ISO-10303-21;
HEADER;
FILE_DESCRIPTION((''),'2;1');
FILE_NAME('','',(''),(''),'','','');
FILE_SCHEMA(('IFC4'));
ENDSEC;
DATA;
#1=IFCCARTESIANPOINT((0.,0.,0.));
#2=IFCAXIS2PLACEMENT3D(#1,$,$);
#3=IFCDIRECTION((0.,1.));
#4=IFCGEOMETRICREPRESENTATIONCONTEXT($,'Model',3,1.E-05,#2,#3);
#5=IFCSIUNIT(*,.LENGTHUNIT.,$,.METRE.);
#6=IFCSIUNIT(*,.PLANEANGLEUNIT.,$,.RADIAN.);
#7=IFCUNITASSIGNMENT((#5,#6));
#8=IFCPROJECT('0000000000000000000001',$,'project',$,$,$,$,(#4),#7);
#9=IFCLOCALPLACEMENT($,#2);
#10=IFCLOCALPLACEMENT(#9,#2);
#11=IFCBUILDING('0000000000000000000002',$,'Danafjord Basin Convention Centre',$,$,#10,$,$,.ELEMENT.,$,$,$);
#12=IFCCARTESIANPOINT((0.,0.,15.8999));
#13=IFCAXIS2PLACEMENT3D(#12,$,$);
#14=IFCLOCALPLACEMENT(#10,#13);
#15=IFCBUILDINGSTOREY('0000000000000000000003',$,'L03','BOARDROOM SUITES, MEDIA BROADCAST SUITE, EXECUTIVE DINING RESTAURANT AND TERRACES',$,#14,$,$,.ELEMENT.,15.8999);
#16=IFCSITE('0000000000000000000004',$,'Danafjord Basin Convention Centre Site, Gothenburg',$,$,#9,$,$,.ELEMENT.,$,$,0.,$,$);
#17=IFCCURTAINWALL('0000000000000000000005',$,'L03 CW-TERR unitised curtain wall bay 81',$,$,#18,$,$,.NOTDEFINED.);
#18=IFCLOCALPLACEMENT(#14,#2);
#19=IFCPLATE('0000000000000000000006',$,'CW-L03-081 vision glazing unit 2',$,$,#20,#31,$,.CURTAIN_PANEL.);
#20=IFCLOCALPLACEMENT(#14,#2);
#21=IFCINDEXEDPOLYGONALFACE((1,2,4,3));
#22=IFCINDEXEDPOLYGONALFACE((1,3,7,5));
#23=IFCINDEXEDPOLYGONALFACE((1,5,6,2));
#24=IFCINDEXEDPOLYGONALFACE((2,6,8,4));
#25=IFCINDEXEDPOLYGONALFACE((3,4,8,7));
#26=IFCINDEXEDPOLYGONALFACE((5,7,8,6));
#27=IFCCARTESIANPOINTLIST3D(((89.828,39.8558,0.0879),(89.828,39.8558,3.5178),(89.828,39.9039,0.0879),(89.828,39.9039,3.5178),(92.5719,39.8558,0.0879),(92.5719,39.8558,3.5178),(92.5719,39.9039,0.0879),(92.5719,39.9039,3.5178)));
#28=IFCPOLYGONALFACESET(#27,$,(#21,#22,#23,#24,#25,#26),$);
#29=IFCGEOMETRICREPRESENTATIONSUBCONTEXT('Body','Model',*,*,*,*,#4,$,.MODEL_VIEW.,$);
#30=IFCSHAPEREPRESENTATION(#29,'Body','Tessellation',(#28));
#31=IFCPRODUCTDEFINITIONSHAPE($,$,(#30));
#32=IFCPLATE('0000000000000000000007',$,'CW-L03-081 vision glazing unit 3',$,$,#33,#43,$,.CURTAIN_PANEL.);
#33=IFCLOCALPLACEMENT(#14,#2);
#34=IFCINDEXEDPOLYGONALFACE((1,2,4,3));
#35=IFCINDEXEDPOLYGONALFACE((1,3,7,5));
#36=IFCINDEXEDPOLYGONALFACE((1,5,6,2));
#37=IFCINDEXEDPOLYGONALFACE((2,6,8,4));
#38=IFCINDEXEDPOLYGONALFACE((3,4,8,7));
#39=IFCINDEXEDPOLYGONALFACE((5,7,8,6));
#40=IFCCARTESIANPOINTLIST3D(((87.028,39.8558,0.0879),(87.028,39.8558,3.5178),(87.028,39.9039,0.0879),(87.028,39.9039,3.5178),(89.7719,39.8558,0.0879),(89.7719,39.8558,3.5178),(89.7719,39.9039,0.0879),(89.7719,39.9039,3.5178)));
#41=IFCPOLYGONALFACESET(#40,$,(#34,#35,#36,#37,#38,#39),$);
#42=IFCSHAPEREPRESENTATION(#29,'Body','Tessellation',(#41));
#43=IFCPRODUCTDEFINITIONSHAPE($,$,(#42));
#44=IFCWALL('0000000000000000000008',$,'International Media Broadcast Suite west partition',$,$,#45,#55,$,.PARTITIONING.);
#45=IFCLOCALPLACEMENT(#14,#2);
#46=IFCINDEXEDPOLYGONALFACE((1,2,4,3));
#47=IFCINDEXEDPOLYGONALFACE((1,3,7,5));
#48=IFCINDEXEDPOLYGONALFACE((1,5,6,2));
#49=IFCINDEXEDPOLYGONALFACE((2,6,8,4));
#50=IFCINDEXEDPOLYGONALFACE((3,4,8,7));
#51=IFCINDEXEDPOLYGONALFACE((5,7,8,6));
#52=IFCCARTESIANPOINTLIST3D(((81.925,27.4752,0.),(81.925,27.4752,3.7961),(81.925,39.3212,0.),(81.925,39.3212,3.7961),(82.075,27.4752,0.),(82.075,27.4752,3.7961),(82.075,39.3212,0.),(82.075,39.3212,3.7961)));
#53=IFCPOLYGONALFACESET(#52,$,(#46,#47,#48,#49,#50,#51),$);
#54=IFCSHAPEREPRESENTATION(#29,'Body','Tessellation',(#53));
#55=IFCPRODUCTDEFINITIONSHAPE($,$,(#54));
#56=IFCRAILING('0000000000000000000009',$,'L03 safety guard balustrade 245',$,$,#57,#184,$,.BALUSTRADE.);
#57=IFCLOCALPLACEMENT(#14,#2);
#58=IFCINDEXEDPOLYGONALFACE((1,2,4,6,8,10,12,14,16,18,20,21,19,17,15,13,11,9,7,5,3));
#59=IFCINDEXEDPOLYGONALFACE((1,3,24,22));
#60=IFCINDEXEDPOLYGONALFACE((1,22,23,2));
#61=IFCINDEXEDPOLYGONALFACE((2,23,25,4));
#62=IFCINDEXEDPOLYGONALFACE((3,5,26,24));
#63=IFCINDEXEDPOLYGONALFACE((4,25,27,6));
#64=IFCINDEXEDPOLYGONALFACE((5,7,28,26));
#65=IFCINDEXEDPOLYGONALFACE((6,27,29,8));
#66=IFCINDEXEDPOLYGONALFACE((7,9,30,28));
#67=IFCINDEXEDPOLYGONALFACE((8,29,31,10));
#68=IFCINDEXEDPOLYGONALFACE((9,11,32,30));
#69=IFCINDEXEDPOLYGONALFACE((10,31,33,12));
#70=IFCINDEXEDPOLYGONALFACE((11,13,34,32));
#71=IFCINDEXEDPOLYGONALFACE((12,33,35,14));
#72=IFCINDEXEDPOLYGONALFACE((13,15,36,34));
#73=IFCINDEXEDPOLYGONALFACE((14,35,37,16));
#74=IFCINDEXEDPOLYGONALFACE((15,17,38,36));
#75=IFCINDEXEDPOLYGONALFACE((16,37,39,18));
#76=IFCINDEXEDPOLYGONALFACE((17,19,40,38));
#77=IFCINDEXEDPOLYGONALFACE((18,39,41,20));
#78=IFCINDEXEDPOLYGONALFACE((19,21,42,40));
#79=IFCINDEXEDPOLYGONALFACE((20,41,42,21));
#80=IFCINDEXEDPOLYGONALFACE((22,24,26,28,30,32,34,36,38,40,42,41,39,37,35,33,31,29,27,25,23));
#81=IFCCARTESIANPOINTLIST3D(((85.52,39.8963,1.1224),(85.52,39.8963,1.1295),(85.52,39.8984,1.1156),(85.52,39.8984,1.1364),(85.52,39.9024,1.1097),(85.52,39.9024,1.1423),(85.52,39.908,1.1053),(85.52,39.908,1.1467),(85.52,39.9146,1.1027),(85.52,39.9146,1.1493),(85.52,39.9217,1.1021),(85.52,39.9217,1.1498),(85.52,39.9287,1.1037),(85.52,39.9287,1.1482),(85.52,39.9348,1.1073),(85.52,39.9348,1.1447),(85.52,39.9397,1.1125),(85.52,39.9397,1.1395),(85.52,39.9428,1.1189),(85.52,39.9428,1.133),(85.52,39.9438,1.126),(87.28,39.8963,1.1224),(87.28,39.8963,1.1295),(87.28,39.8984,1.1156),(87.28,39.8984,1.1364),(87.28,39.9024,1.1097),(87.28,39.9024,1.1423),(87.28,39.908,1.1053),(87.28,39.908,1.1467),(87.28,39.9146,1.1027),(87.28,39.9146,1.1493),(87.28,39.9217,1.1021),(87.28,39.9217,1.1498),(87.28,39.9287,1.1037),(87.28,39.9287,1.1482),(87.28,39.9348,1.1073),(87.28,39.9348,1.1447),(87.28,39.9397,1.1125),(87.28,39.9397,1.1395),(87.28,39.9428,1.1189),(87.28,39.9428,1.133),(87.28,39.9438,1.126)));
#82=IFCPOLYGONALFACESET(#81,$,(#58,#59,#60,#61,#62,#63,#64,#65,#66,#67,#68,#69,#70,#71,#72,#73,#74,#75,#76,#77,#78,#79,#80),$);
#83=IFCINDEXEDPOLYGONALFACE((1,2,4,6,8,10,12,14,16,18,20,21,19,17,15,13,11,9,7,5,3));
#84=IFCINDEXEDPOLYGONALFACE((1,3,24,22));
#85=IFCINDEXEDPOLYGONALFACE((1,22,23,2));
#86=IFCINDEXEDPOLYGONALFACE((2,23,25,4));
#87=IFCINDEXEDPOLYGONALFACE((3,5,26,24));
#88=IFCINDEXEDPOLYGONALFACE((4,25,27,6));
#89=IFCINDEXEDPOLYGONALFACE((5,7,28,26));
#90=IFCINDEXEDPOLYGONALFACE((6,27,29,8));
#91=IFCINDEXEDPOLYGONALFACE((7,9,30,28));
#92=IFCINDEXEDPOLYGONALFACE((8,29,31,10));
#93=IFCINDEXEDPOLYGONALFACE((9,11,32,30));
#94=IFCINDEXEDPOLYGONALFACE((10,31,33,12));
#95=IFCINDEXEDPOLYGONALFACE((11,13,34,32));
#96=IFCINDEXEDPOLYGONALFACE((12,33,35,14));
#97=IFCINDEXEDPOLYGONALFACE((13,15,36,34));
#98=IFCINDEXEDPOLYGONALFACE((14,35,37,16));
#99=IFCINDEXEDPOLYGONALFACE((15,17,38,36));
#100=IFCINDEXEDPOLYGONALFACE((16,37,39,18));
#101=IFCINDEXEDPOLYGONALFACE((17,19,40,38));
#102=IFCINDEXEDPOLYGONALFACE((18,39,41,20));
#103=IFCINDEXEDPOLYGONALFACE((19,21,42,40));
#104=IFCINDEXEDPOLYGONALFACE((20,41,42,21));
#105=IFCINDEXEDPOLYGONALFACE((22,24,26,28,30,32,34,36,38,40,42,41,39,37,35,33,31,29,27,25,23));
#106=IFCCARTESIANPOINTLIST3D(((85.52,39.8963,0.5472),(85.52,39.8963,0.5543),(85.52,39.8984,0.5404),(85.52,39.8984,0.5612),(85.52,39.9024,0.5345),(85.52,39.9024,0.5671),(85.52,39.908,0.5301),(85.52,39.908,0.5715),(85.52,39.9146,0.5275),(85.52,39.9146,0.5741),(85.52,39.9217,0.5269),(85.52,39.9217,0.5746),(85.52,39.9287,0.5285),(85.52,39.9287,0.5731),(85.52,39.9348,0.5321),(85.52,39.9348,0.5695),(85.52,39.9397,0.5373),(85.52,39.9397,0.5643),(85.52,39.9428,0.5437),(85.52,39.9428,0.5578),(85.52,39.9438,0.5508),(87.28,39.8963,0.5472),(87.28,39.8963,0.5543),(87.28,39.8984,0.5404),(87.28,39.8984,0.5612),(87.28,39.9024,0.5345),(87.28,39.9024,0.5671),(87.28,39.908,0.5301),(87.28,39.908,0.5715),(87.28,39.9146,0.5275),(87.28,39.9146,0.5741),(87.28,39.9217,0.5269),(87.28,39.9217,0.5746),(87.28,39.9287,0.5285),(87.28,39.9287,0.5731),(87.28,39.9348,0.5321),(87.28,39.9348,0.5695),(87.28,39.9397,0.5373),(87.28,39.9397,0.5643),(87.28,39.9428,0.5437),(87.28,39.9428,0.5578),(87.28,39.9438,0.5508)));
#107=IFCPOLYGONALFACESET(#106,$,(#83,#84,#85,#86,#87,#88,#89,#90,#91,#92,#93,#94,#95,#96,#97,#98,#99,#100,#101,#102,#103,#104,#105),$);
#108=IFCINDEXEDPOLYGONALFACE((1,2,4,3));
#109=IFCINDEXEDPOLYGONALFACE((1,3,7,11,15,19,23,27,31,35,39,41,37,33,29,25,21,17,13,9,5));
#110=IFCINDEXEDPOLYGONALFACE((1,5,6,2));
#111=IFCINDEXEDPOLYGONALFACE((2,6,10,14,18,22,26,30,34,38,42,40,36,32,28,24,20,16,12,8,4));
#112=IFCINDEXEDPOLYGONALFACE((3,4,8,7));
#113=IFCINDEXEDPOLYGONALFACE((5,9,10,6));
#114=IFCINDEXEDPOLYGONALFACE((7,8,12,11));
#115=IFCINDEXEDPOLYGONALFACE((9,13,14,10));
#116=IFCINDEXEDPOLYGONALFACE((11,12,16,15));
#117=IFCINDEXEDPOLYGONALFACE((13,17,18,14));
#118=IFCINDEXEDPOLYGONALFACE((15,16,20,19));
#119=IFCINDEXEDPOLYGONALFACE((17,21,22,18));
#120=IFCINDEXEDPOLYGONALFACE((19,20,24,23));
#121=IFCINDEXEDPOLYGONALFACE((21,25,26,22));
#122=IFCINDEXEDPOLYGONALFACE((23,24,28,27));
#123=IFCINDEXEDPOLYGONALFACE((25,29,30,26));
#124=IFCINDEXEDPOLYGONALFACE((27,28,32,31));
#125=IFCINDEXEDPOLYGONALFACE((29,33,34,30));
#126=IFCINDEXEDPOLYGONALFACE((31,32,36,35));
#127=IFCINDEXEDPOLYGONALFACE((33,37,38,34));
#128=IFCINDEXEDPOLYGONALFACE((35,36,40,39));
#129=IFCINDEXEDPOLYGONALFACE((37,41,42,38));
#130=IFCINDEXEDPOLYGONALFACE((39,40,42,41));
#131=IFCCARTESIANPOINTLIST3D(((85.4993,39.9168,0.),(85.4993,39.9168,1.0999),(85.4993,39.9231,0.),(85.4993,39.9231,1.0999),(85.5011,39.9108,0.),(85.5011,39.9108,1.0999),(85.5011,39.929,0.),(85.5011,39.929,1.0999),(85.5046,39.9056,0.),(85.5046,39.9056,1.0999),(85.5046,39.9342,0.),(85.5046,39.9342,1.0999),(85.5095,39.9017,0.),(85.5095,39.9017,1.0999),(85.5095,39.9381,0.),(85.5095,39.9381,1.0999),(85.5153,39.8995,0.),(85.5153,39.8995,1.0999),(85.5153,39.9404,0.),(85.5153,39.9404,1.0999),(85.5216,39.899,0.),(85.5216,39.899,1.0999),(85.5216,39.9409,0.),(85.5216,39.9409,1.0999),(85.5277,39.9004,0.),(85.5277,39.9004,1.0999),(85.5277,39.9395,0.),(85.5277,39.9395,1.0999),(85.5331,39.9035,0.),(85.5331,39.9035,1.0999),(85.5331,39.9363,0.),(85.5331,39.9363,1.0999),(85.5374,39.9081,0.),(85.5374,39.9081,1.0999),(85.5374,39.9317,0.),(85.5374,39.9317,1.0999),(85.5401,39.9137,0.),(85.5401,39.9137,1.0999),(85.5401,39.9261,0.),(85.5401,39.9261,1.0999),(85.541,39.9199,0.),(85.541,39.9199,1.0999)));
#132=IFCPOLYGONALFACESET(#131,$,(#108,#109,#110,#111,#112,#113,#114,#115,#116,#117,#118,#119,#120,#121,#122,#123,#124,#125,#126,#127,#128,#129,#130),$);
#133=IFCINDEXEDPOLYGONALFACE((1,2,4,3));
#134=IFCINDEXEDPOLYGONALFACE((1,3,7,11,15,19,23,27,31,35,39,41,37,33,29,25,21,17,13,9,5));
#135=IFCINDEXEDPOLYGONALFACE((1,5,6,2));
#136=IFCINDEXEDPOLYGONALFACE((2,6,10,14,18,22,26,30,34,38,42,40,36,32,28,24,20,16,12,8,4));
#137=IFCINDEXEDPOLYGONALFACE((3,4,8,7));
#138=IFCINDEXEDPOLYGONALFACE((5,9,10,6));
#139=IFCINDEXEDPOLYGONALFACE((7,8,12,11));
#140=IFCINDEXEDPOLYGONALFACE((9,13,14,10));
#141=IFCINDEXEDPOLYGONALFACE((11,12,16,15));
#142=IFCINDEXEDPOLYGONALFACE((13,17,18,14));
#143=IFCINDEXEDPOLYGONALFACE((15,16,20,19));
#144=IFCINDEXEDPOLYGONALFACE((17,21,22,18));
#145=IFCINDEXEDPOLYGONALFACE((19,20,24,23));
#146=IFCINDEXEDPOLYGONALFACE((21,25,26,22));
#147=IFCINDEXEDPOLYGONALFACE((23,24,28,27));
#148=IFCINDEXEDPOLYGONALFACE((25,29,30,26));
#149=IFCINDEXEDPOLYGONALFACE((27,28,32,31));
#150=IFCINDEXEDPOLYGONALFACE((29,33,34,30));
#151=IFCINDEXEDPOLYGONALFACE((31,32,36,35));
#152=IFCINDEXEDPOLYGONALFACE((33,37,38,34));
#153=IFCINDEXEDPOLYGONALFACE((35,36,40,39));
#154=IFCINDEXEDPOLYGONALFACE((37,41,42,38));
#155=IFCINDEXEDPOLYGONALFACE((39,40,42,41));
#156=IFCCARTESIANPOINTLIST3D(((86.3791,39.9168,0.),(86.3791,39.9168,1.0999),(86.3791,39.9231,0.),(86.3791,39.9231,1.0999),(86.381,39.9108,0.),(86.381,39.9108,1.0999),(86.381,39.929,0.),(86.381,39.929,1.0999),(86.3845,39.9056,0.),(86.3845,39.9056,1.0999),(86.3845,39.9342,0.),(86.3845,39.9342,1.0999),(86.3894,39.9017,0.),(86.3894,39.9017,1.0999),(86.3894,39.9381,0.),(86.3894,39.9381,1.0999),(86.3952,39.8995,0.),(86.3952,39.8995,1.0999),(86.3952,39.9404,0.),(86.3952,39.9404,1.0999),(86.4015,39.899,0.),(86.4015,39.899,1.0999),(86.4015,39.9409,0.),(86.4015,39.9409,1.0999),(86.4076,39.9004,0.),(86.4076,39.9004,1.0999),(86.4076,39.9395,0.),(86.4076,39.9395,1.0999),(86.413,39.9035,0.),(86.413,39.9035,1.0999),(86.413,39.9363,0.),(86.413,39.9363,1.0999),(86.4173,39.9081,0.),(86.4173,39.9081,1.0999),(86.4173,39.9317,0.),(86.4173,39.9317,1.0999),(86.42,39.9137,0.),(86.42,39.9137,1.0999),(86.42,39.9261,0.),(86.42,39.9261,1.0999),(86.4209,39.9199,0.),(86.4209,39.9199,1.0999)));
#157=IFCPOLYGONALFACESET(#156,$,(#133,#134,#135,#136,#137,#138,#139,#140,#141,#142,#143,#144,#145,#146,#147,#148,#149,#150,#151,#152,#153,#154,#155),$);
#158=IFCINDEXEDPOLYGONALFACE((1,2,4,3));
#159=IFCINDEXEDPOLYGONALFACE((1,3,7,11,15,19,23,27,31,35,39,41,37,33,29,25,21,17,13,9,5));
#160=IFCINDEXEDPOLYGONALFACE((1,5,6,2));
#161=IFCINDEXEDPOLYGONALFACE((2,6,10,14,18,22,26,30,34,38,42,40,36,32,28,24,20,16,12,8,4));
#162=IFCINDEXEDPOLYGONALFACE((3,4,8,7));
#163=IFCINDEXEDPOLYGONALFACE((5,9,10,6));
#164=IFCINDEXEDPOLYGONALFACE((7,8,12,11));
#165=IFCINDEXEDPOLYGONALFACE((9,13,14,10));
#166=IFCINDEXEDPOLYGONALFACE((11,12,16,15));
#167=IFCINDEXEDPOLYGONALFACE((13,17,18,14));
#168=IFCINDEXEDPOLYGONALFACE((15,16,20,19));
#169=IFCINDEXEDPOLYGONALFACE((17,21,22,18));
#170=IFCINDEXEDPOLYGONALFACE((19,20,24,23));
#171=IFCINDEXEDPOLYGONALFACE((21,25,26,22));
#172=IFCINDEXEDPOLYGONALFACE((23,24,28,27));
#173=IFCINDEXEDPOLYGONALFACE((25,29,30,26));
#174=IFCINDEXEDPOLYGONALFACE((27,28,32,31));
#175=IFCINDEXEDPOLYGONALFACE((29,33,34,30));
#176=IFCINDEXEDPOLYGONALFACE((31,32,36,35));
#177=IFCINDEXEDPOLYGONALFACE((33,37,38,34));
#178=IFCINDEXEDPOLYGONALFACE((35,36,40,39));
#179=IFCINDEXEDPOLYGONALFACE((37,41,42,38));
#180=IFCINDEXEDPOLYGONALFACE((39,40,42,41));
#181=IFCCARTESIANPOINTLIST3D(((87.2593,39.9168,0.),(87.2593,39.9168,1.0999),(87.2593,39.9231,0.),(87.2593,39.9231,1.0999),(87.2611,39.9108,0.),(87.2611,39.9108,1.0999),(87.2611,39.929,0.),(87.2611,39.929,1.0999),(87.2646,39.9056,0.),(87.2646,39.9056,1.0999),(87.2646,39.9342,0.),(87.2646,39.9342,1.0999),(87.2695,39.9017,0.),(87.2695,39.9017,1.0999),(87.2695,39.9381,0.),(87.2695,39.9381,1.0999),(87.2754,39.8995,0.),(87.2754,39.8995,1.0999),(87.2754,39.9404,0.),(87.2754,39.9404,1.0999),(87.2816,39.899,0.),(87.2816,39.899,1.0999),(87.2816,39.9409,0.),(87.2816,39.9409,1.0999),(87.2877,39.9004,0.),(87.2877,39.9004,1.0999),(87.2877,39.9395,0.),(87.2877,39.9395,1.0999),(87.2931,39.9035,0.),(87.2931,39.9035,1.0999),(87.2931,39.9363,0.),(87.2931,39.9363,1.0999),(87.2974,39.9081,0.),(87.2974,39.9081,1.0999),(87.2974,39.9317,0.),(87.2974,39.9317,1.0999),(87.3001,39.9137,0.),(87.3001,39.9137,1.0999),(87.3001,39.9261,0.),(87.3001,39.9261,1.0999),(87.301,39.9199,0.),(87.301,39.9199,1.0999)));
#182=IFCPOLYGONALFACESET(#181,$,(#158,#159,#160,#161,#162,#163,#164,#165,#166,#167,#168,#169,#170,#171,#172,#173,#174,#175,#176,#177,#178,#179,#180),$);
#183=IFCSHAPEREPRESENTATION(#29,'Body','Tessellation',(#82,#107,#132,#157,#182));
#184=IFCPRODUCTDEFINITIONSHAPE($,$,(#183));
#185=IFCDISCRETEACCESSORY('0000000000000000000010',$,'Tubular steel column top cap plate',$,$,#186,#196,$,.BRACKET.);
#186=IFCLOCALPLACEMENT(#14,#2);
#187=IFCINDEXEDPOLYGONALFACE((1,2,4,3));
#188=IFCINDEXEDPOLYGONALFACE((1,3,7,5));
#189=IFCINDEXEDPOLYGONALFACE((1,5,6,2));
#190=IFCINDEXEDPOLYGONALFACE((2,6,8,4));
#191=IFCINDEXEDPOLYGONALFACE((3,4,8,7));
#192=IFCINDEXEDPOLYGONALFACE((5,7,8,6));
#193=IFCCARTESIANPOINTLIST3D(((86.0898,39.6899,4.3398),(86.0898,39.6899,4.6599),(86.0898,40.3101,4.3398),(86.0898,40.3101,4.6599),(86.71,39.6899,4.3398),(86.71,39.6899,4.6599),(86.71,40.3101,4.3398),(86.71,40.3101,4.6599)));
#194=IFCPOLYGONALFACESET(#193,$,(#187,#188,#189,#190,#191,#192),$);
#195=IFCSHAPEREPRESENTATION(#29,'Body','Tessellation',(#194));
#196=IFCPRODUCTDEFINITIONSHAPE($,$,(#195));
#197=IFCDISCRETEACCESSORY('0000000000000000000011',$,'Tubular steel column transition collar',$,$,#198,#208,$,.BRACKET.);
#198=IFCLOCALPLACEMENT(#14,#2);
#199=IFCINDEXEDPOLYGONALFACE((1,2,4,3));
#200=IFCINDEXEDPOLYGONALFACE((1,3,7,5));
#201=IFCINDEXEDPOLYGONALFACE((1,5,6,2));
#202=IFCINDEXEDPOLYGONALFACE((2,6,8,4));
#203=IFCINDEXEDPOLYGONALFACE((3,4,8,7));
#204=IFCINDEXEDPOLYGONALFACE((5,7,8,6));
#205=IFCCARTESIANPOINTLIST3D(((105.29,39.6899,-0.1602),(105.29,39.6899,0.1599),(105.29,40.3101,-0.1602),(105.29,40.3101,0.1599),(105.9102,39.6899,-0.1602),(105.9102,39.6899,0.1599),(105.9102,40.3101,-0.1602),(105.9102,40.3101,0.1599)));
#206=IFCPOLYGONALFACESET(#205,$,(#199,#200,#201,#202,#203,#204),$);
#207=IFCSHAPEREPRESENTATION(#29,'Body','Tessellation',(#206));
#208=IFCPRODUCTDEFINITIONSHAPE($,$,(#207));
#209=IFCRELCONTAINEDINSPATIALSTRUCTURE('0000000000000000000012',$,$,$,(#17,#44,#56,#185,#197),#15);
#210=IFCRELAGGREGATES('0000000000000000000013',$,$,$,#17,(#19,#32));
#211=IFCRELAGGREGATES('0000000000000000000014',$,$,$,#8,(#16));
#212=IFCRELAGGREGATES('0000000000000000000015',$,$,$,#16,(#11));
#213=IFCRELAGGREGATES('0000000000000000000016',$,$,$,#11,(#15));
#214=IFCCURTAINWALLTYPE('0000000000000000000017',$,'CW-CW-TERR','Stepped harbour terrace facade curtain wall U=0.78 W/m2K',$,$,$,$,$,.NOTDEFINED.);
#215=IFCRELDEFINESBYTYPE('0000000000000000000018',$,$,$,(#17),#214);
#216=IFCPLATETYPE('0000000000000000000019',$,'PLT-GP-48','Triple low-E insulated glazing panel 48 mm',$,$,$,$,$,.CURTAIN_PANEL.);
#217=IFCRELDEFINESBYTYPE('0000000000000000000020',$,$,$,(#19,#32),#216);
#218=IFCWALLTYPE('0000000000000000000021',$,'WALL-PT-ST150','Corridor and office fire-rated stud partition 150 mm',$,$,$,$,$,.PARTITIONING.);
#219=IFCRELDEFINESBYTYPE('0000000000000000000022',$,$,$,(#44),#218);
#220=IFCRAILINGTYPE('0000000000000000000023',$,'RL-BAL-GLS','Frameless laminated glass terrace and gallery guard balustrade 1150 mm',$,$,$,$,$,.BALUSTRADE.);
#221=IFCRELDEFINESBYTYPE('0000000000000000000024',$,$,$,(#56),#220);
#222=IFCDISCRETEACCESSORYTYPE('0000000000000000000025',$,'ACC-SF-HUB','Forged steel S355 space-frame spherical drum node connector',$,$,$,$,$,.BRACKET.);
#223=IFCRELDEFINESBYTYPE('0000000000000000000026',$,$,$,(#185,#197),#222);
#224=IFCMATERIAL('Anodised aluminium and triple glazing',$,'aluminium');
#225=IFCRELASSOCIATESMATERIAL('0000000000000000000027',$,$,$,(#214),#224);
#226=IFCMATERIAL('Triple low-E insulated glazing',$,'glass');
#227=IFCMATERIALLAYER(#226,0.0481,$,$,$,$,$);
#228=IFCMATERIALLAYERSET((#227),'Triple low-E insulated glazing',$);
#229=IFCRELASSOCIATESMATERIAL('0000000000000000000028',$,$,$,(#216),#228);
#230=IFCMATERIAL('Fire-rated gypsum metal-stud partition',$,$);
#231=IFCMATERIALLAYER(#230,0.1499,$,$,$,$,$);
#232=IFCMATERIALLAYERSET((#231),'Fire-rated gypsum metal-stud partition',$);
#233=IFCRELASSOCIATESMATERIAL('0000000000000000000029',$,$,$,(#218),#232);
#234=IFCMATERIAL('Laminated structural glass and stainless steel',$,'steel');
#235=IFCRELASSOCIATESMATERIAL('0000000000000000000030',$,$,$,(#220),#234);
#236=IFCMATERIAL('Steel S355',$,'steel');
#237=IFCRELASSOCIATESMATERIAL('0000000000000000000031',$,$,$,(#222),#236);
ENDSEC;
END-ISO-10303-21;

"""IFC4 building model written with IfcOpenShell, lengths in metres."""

from ifc_helpers import new_model, si_unit, direction, frame, frame_2d, origin, origin_2d, place, context, subcontext, project, spatial, rectangle, circle, extrude, material, layer, layer_set, type_object, element, aggregate, save


model = new_model("IFC4")

# Units and contexts
model_context = context("Model", 3, precision=1e-05, world=origin(), true_north=direction((0.0, 1.0)))
body_context = subcontext(model_context, "Body", "Model", "MODEL_VIEW")
ifc_project = project(units=[si_unit("LENGTHUNIT", "METRE"), si_unit("PLANEANGLEUNIT", "RADIAN")], contexts=[model_context])

# Site, building, storey
site_placement = place(None, origin())
site = spatial("IfcSite", under=ifc_project, at=site_placement, Name="Danafjord Basin Convention Centre Site, Gothenburg", CompositionType="ELEMENT", RefElevation=0.0)
building_placement = place(site_placement, origin())
building = spatial("IfcBuilding", under=site, at=building_placement, Name="Danafjord Basin Convention Centre", CompositionType="ELEMENT")
storey_placement = place(building_placement, frame((0.0, 0.0, 15.8999)))
storey = spatial("IfcBuildingStorey", under=building, at=storey_placement, Name="L03", Description="BOARDROOM SUITES, MEDIA BROADCAST SUITE, EXECUTIVE DINING RESTAURANT AND TERRACES", CompositionType="ELEMENT", Elevation=15.8999)

# Shared definitions
ifc_material_1 = material(Name="Steel S355", Category="steel")

# Curtain wall
ifc_material_2 = material(Name="Anodised aluminium and triple glazing", Category="aluminium")
curtain_wall_type = type_object("IfcCurtainWallType", Name="CW-CW-TERR", Description="Stepped harbour terrace facade curtain wall U=0.78 W/m2K", PredefinedType="NOTDEFINED", material=ifc_material_2)
curtain_wall_1_placement = place(storey_placement, origin())
curtain_wall_1 = element("IfcCurtainWall", 1, at=curtain_wall_1_placement, inside=storey, type_object=curtain_wall_type, Name="L03 CW-TERR unitised curtain wall bay 81", PredefinedType="NOTDEFINED")

# Plates
ifc_material_3 = material(Name="Triple low-E insulated glazing", Category="glass")
ifc_layer_1 = layer(ifc_material_3, 0.0481)
ifc_layer_set_1 = layer_set([ifc_layer_1], Name="Triple low-E insulated glazing")
plate_type_1 = type_object("IfcPlateType", Name="PLT-GP-48", Description="Triple low-E insulated glazing panel 48 mm", PredefinedType="CURTAIN_PANEL", material=ifc_layer_set_1)
plate_1_placement = place(storey_placement, frame((91.2, 39.8799, 0.0879), z_axis=(0.0, 0.0, 1.0), x_axis=(-1.0, 0.0, 0.0)))
plate_1 = element("IfcPlate", 2, at=plate_1_placement, type_object=plate_type_1, Name="CW-L03-081 vision glazing unit 2", PredefinedType="CURTAIN_PANEL", context=body_context, shape_type="SweptSolid", body=[
    extrude(rectangle(XDim=2.7439, YDim=0.0481, at=origin_2d()), origin(), (0.0, 0.0, 1.0), 3.4299),
])
plate_2_placement = place(storey_placement, frame((88.3999, 39.8799, 0.0879), z_axis=(0.0, 0.0, 1.0), x_axis=(-1.0, 0.0, 0.0)))
plate_2 = element("IfcPlate", 3, at=plate_2_placement, type_object=plate_type_1, Name="CW-L03-081 vision glazing unit 3", PredefinedType="CURTAIN_PANEL", context=body_context, shape_type="SweptSolid", body=[
    extrude(rectangle(XDim=2.7439, YDim=0.0481, at=origin_2d()), origin(), (0.0, 0.0, 1.0), 3.4299),
])
aggregate(curtain_wall_1, [plate_1, plate_2])

# Wall
ifc_material_4 = material(Name="Fire-rated gypsum metal-stud partition")
ifc_layer_2 = layer(ifc_material_4, 0.1499)
ifc_layer_set_2 = layer_set([ifc_layer_2], Name="Fire-rated gypsum metal-stud partition")
wall_type = type_object("IfcWallType", Name="WALL-PT-ST150", Description="Corridor and office fire-rated stud partition 150 mm", PredefinedType="PARTITIONING", material=ifc_layer_set_2)
wall_placement = place(storey_placement, frame((82.0, 39.321, 0.0), z_axis=(0.0, 0.0, 1.0), x_axis=(0.0, -1.0, 0.0)))
element("IfcWall", 4, at=wall_placement, inside=storey, type_object=wall_type, Name="International Media Broadcast Suite west partition", PredefinedType="PARTITIONING", context=body_context, shape_type="SweptSolid", body=[
    extrude(rectangle(XDim=11.8459, YDim=0.1499, at=frame_2d((5.9229, 0.0))), origin(), (0.0, 0.0, 1.0), 3.7961),
])

# Railing
ifc_material_5 = material(Name="Laminated structural glass and stainless steel", Category="steel")
railing_type = type_object("IfcRailingType", Name="RL-BAL-GLS", Description="Frameless laminated glass terrace and gallery guard balustrade 1150 mm", PredefinedType="BALUSTRADE", material=ifc_material_5)
railing_1_placement = place(storey_placement, frame((85.52, 39.9199, 0.0)))
element("IfcRailing", 5, at=railing_1_placement, inside=storey, type_object=railing_type, Name="L03 safety guard balustrade 245", PredefinedType="BALUSTRADE", context=body_context, shape_type="SweptSolid", body=[
    extrude(circle(Radius=0.0239, at=origin_2d()), frame((0.0, 0.0, 1.126), z_axis=(1.0, 0.0, 0.0), x_axis=(0.0, 1.0, 0.0)), (0.0, 0.0, 1.0), 1.76),
    extrude(circle(Radius=0.0239, at=origin_2d()), frame((0.0, 0.0, 0.5508), z_axis=(1.0, 0.0, 0.0), x_axis=(0.0, 1.0, 0.0)), (0.0, 0.0, 1.0), 1.76),
    extrude(circle(Radius=0.021, at=origin_2d()), origin(), (0.0, 0.0, 1.0), 1.0999),
    extrude(circle(Radius=0.021, at=origin_2d()), frame((0.8799, 0.0, 0.0)), (0.0, 0.0, 1.0), 1.0999),
    extrude(circle(Radius=0.021, at=origin_2d()), frame((1.76, 0.0, 0.0)), (0.0, 0.0, 1.0), 1.0999),
])

# Discrete accessories
discrete_accessory_type = type_object("IfcDiscreteAccessoryType", Name="ACC-SF-HUB", Description="Forged steel S355 space-frame spherical drum node connector", PredefinedType="BRACKET", material=ifc_material_1)
for number, where, z_axis, x_axis, name in (
    (6, (86.3999, 40.0, 4.3398), (0.0, 0.0, 1.0), (1.0, 0.0, 0.0), "Tubular steel column top cap plate"),
    (7, (105.6001, 40.0, -0.1602), (0.0, 0.0, 1.0), (1.0, 0.0, 0.0), "Tubular steel column transition collar"),
):
    element("IfcDiscreteAccessory", number, at=place(storey_placement, frame(where, z_axis=z_axis, x_axis=x_axis)), inside=storey, type_object=discrete_accessory_type, Name=name, PredefinedType="BRACKET", context=body_context, shape_type="SweptSolid", body=[
        extrude(rectangle(XDim=0.6201, YDim=0.6201, at=origin_2d()), origin(), (0.0, 0.0, 1.0), 0.3201),
    ])

save(model, "model.ifc")
